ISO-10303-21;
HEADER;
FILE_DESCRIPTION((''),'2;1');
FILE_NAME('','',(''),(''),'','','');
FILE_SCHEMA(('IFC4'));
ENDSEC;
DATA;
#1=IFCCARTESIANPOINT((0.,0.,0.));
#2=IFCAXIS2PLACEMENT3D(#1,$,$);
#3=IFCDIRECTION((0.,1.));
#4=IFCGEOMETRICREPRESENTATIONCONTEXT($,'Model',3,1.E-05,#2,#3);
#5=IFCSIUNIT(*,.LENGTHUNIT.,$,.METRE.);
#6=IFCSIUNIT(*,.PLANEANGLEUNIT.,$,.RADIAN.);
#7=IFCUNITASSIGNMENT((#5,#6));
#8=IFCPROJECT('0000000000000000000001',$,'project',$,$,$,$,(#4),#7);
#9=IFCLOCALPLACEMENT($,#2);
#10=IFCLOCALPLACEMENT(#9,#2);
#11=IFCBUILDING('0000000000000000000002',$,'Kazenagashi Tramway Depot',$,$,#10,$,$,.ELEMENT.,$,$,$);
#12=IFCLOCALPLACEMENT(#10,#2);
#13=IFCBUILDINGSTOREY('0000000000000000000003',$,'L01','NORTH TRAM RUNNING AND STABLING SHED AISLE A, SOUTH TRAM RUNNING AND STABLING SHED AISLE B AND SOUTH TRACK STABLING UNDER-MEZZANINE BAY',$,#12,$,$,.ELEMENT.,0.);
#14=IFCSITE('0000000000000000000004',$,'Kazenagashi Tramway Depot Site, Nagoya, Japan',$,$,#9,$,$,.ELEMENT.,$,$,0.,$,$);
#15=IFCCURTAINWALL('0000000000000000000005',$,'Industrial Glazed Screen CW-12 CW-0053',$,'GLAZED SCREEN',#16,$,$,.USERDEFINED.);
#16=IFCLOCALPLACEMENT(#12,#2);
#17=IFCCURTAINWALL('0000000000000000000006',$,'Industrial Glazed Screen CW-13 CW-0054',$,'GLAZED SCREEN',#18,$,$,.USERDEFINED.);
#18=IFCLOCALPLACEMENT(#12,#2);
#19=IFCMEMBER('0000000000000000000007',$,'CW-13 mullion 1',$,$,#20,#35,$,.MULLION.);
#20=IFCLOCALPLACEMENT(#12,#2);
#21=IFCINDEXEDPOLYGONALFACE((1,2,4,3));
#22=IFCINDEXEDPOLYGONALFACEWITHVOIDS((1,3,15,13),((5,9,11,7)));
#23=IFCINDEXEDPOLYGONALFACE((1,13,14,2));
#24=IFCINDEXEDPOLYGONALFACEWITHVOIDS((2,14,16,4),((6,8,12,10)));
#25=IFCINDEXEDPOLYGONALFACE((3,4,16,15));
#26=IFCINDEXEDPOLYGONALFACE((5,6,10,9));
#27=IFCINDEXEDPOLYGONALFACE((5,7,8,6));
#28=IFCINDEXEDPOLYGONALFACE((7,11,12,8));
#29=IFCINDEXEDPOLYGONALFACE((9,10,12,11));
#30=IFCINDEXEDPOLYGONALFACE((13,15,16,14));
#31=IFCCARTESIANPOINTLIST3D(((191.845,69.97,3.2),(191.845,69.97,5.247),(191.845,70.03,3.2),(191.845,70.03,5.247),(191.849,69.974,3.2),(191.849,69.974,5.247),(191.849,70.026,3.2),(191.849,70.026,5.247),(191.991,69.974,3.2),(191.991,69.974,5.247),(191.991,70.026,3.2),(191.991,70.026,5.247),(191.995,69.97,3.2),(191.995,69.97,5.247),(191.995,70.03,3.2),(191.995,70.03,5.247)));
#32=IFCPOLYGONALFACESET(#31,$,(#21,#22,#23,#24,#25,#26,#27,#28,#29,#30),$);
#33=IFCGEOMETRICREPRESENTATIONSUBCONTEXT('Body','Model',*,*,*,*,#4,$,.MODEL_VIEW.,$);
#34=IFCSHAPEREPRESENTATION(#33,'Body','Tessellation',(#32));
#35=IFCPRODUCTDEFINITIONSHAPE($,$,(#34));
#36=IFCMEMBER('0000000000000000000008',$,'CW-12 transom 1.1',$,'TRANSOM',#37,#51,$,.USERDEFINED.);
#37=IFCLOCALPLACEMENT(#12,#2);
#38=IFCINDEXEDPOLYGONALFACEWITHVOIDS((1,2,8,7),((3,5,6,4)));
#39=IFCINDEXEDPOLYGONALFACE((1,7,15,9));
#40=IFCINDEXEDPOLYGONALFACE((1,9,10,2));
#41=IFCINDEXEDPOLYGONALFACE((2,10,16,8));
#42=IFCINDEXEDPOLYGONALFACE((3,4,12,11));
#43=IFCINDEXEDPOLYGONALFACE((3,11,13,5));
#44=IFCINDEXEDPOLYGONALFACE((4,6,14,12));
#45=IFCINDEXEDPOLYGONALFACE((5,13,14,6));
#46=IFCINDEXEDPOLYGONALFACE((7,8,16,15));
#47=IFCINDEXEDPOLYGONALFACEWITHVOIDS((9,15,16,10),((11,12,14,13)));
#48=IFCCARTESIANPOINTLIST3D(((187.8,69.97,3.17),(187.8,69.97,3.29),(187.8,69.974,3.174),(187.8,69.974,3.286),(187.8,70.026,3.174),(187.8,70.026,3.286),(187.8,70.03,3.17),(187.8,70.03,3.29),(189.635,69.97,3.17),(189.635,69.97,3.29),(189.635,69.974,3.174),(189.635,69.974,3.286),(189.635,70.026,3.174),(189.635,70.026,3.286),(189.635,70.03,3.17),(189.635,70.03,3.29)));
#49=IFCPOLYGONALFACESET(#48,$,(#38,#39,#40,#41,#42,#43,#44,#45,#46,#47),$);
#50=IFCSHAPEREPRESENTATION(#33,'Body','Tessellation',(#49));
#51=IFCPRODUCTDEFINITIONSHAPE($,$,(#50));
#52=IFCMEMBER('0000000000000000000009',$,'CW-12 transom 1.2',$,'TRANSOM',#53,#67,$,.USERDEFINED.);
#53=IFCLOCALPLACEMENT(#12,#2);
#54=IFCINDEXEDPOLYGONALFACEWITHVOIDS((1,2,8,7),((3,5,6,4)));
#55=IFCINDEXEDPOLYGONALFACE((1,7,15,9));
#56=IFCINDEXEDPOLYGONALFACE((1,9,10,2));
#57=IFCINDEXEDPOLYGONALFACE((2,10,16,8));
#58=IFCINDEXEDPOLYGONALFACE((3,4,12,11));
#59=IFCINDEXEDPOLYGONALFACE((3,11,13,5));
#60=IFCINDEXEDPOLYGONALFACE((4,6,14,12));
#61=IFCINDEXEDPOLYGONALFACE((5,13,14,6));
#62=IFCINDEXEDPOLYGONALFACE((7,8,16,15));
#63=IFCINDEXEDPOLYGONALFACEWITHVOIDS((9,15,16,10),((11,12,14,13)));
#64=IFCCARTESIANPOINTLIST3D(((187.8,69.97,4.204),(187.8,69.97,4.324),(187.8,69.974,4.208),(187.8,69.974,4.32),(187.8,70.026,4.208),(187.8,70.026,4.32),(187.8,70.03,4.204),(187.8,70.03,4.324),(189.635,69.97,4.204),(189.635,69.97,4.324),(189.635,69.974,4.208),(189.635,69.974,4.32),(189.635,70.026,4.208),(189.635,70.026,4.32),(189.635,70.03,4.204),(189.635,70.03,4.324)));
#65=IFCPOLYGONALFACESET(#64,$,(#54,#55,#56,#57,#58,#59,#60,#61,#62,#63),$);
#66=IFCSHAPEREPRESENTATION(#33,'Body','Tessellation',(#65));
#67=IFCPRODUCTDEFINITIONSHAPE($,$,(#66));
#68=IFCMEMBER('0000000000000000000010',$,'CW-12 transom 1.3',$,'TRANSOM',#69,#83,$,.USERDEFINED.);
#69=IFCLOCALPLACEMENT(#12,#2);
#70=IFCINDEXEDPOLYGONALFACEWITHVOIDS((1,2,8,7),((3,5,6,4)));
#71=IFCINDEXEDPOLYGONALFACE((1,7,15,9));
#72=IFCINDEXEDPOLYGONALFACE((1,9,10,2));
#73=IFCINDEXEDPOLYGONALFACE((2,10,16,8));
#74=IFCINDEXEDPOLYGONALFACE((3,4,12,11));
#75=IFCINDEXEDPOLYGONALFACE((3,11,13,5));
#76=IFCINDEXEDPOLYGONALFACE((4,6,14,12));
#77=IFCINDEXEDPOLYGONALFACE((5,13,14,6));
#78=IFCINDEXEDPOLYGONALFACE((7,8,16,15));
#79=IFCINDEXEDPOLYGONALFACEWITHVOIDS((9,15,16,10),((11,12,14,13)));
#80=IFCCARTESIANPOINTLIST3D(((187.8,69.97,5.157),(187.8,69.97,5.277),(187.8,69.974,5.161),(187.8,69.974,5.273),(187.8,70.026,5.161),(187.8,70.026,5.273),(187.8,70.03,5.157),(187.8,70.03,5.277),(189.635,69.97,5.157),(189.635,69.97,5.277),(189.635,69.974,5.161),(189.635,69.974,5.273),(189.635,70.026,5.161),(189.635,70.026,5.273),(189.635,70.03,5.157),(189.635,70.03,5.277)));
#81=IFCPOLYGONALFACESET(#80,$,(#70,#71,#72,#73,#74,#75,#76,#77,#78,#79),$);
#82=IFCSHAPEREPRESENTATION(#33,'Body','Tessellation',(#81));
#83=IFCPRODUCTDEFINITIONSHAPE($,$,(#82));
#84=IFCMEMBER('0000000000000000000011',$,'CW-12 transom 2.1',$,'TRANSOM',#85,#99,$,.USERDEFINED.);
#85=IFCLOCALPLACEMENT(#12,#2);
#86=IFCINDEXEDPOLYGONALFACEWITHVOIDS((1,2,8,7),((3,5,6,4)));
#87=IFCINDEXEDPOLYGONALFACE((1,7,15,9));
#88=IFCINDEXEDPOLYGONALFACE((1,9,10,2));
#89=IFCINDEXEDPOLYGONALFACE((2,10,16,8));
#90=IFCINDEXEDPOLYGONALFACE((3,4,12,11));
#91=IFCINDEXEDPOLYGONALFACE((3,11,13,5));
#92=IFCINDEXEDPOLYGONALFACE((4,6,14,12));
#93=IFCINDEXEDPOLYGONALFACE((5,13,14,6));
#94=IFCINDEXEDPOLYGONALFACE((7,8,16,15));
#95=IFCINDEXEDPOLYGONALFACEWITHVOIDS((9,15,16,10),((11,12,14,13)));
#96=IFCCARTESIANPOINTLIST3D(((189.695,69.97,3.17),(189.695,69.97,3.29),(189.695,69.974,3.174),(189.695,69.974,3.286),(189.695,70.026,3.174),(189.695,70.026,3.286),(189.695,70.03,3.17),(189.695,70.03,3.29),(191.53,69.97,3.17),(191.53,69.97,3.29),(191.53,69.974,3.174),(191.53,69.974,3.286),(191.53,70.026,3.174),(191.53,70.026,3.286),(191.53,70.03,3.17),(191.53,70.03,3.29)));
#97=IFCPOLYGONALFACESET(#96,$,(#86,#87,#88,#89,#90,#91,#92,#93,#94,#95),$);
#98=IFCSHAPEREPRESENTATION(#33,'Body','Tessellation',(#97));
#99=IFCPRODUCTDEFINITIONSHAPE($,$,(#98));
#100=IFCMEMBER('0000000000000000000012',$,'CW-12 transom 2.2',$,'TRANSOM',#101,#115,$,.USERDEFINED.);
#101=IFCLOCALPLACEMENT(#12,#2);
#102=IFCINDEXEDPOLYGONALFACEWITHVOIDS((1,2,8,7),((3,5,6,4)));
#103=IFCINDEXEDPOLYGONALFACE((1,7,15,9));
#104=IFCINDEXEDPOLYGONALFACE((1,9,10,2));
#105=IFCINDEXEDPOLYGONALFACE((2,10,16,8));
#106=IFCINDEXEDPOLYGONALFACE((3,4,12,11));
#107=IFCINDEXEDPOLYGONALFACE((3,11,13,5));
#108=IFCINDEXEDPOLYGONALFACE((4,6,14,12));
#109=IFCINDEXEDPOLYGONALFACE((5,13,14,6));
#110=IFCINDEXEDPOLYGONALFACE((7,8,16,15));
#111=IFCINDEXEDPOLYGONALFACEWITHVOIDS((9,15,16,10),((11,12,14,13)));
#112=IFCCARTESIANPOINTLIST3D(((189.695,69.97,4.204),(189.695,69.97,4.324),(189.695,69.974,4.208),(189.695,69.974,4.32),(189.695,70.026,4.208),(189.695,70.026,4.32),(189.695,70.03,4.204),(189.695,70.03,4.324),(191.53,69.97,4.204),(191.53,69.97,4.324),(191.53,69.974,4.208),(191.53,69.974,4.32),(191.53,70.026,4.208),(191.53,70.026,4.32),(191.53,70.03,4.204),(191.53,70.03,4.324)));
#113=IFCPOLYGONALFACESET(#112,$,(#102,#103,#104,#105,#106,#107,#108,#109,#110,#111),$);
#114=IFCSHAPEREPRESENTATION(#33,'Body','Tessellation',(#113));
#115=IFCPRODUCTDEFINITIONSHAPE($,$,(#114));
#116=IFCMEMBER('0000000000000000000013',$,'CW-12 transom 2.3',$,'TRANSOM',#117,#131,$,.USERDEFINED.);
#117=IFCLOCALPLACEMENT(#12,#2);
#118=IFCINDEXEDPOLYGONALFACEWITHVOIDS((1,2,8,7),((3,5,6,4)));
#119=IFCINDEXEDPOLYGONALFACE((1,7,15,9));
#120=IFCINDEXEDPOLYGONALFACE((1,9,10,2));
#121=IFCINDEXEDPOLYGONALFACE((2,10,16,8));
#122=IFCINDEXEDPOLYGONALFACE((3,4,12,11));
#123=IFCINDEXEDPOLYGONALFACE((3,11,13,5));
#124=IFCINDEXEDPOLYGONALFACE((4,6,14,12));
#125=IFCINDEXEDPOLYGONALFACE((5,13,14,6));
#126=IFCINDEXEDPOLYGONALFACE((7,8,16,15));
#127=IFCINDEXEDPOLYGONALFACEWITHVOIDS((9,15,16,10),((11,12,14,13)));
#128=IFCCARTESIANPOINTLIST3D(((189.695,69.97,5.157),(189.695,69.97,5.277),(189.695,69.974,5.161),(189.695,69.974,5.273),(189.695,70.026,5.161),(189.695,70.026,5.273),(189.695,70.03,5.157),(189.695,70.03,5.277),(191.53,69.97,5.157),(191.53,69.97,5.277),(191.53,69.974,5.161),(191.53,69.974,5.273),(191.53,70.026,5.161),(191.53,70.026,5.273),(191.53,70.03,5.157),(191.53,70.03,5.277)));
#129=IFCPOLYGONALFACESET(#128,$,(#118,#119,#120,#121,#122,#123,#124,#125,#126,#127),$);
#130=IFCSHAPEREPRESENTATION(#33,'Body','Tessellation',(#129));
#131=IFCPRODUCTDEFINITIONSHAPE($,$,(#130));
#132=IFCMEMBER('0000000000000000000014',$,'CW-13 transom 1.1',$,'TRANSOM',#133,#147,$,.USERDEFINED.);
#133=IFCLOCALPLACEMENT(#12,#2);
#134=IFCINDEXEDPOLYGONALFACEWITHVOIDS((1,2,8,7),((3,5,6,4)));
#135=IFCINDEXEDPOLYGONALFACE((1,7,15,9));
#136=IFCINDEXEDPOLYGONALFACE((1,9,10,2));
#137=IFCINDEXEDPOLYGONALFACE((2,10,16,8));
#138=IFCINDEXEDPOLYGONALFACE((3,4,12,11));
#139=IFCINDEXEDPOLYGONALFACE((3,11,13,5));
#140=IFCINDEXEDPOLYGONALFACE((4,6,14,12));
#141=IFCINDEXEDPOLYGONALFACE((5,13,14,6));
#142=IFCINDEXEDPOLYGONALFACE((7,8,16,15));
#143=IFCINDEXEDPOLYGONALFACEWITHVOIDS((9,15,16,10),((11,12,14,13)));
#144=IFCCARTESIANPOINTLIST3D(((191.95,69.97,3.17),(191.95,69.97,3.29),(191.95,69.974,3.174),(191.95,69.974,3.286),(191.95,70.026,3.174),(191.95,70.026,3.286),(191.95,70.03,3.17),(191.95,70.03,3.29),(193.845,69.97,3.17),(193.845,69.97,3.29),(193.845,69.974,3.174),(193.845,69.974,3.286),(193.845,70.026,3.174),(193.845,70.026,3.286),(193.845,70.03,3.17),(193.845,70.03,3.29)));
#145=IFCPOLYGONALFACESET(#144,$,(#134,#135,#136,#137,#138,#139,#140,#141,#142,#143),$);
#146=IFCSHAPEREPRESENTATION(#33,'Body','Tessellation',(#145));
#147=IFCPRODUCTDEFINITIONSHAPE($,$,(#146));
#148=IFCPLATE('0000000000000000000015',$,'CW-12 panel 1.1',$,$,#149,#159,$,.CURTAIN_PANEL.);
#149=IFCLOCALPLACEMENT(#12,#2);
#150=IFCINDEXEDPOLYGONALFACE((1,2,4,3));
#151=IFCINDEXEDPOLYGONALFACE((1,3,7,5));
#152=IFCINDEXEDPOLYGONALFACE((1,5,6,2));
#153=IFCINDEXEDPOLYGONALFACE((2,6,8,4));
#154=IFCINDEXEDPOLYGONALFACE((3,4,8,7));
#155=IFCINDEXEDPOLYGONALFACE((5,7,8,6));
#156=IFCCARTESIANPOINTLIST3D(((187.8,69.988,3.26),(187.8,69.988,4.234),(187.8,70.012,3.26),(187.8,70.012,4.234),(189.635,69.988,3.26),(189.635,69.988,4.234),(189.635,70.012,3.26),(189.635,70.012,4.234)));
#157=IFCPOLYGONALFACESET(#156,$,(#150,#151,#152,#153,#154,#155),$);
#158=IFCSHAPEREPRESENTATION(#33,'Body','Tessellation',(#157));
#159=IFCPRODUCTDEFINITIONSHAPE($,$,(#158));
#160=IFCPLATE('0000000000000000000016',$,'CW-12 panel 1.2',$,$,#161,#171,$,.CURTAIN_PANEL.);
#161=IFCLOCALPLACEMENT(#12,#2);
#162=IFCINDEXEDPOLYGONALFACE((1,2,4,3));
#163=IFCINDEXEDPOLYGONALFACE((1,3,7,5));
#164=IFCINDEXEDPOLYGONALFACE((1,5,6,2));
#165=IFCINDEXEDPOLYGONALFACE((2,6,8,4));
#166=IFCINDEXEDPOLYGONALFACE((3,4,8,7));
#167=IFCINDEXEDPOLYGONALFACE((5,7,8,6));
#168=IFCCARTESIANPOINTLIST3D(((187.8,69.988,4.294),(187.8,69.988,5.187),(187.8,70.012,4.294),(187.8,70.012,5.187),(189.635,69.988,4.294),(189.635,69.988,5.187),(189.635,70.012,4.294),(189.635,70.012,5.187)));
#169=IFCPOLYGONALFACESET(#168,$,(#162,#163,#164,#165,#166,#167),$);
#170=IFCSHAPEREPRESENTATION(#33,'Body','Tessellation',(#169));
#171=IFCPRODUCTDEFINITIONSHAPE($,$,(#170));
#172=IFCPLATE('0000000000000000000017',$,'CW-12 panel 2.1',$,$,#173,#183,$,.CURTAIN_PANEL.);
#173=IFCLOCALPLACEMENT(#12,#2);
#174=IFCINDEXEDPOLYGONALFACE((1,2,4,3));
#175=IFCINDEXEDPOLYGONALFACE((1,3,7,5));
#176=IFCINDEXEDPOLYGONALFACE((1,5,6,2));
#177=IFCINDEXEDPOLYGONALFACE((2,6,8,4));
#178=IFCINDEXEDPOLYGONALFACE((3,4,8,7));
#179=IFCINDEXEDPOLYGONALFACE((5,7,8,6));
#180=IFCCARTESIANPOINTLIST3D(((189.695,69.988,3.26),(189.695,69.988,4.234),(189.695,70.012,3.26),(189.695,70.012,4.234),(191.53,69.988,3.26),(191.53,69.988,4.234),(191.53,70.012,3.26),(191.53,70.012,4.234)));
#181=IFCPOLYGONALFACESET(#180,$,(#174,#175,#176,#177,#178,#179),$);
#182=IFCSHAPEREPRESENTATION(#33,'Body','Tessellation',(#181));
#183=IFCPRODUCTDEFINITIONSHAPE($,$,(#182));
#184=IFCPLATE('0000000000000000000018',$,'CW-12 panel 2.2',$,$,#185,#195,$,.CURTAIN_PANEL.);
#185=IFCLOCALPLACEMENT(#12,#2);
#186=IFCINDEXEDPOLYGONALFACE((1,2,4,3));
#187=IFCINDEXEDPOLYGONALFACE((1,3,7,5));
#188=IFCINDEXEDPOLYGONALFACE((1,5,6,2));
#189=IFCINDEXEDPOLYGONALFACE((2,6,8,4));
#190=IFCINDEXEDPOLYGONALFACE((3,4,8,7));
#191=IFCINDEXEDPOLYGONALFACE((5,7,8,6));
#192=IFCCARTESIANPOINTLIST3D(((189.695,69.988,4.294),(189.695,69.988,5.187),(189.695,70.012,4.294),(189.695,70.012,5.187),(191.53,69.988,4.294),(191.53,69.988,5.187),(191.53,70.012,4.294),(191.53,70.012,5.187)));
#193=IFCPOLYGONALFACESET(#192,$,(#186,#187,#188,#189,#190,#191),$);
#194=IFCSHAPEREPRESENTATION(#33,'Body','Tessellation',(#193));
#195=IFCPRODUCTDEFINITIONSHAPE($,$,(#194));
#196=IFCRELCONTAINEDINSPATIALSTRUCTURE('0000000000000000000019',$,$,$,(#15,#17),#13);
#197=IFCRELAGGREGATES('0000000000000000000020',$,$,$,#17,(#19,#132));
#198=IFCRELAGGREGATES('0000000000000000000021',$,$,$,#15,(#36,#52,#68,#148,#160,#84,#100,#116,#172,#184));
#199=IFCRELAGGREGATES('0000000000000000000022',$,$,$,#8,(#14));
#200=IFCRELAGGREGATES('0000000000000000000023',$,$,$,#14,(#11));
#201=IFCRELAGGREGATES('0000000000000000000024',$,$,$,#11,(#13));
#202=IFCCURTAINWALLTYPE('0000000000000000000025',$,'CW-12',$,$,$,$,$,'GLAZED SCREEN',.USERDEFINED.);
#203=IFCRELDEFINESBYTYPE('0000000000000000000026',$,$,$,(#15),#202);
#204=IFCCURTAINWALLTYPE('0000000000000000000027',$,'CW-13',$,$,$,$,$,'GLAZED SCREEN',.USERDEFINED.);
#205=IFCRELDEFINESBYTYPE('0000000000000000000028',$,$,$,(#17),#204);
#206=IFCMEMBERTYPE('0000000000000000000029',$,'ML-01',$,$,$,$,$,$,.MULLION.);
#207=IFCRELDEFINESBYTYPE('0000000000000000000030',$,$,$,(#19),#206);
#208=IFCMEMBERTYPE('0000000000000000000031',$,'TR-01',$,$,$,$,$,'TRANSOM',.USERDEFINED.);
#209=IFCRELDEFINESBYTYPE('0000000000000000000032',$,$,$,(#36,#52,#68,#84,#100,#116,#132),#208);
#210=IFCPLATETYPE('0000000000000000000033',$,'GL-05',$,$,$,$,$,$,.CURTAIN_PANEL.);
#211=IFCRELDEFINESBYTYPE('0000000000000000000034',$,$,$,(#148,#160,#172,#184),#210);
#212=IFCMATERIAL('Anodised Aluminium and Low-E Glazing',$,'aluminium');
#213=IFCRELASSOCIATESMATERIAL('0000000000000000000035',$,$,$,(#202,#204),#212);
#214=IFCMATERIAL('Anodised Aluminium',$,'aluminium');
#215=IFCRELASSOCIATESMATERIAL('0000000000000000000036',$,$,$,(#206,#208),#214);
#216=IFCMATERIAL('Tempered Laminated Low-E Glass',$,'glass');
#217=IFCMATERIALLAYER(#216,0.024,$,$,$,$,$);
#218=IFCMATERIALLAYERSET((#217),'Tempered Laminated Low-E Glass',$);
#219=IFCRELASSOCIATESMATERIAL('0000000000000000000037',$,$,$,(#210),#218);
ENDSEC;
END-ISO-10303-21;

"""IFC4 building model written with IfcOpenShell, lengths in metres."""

from ifc_helpers import new_model, si_unit, direction, frame, origin, origin_2d, place, context, subcontext, project, spatial, rectangle, hollow_rectangle, extrude, material, layer, layer_set, material_profile, profile_set, type_object, element, aggregate, save


model = new_model("IFC4")

# Units and contexts
model_context = context("Model", 3, precision=1e-05, world=origin(), true_north=direction((0.0, 1.0)))
body_context = subcontext(model_context, "Body", "Model", "MODEL_VIEW")
ifc_project = project(units=[si_unit("LENGTHUNIT", "METRE"), si_unit("PLANEANGLEUNIT", "RADIAN")], contexts=[model_context])

# Site, building, storey
site_placement = place(None, origin())
site = spatial("IfcSite", under=ifc_project, at=site_placement, Name="Kazenagashi Tramway Depot Site, Nagoya, Japan", CompositionType="ELEMENT", RefElevation=0.0)
building_placement = place(site_placement, origin())
building = spatial("IfcBuilding", under=site, at=building_placement, Name="Kazenagashi Tramway Depot", CompositionType="ELEMENT")
storey_placement = place(building_placement, origin())
storey = spatial("IfcBuildingStorey", under=building, at=storey_placement, Name="L01", Description="NORTH TRAM RUNNING AND STABLING SHED AISLE A, SOUTH TRAM RUNNING AND STABLING SHED AISLE B AND SOUTH TRACK STABLING UNDER-MEZZANINE BAY", CompositionType="ELEMENT", Elevation=0.0)

# Curtain wall
ifc_material_1 = material(Name="Anodised Aluminium and Low-E Glazing", Category="aluminium")
curtain_wall_type_1 = type_object("IfcCurtainWallType", Name="CW-12", ElementType="GLAZED SCREEN", PredefinedType="USERDEFINED", material=ifc_material_1)
curtain_wall_1_placement = place(storey_placement, origin())
curtain_wall_1 = element("IfcCurtainWall", 1, at=curtain_wall_1_placement, inside=storey, type_object=curtain_wall_type_1, Name="Industrial Glazed Screen CW-12 CW-0053", ObjectType="GLAZED SCREEN", PredefinedType="USERDEFINED")
ifc_material_2 = material(Name="Anodised Aluminium", Category="aluminium")
ifc_material_profile_1 = material_profile(ifc_material_2, hollow_rectangle(XDim=0.06, YDim=0.15, WallThickness=0.004, at=origin_2d()), Name="RHS-150x60x4")
ifc_profile_set_1 = profile_set([ifc_material_profile_1], Name="Anodised Aluminium")
member_type_1 = type_object("IfcMemberType", Name="ML-01", PredefinedType="MULLION", material=ifc_profile_set_1)

# Curtain wall, member
curtain_wall_type_2 = type_object("IfcCurtainWallType", Name="CW-13", ElementType="GLAZED SCREEN", PredefinedType="USERDEFINED", material=ifc_material_1)
curtain_wall_2_placement = place(storey_placement, origin())
curtain_wall_2 = element("IfcCurtainWall", 2, at=curtain_wall_2_placement, inside=storey, type_object=curtain_wall_type_2, Name="Industrial Glazed Screen CW-13 CW-0054", ObjectType="GLAZED SCREEN", PredefinedType="USERDEFINED")
member_1_placement = place(storey_placement, frame((191.92, 70.0, 3.2), z_axis=(0.0, 0.0, 1.0), x_axis=(0.0, 1.0, 0.0)))
member_1 = element("IfcMember", 3, at=member_1_placement, type_object=member_type_1, Name="CW-13 mullion 1", PredefinedType="MULLION", context=body_context, shape_type="SweptSolid", body=[
    extrude(hollow_rectangle(XDim=0.06, YDim=0.15, WallThickness=0.004, at=origin_2d()), origin(), (0.0, 0.0, 1.0), 2.047),
])

# Members
ifc_material_profile_2 = material_profile(ifc_material_2, hollow_rectangle(XDim=0.06, YDim=0.12, WallThickness=0.004, at=origin_2d()), Name="RHS-120x60x4")
ifc_profile_set_2 = profile_set([ifc_material_profile_2], Name="Anodised Aluminium")
member_type_2 = type_object("IfcMemberType", Name="TR-01", ElementType="TRANSOM", PredefinedType="USERDEFINED", material=ifc_profile_set_2)
member_2_placement = place(storey_placement, frame((187.8, 70.0, 3.23), z_axis=(1.0, 0.0, 0.0), x_axis=(0.0, 1.0, 0.0)))
member_2 = element("IfcMember", 4, at=member_2_placement, type_object=member_type_2, Name="CW-12 transom 1.1", ObjectType="TRANSOM", PredefinedType="USERDEFINED", context=body_context, shape_type="SweptSolid", body=[
    extrude(hollow_rectangle(XDim=0.06, YDim=0.12, WallThickness=0.004, at=origin_2d()), origin(), (0.0, 0.0, 1.0), 1.835),
])
member_3_placement = place(storey_placement, frame((187.8, 70.0, 4.264), z_axis=(1.0, 0.0, 0.0), x_axis=(0.0, 1.0, 0.0)))
member_3 = element("IfcMember", 5, at=member_3_placement, type_object=member_type_2, Name="CW-12 transom 1.2", ObjectType="TRANSOM", PredefinedType="USERDEFINED", context=body_context, shape_type="SweptSolid", body=[
    extrude(hollow_rectangle(XDim=0.06, YDim=0.12, WallThickness=0.004, at=origin_2d()), origin(), (0.0, 0.0, 1.0), 1.835),
])
member_4_placement = place(storey_placement, frame((187.8, 70.0, 5.217), z_axis=(1.0, 0.0, 0.0), x_axis=(0.0, 1.0, 0.0)))
member_4 = element("IfcMember", 6, at=member_4_placement, type_object=member_type_2, Name="CW-12 transom 1.3", ObjectType="TRANSOM", PredefinedType="USERDEFINED", context=body_context, shape_type="SweptSolid", body=[
    extrude(hollow_rectangle(XDim=0.06, YDim=0.12, WallThickness=0.004, at=origin_2d()), origin(), (0.0, 0.0, 1.0), 1.835),
])
member_5_placement = place(storey_placement, frame((189.695, 70.0, 3.23), z_axis=(1.0, 0.0, 0.0), x_axis=(0.0, 1.0, 0.0)))
member_5 = element("IfcMember", 7, at=member_5_placement, type_object=member_type_2, Name="CW-12 transom 2.1", ObjectType="TRANSOM", PredefinedType="USERDEFINED", context=body_context, shape_type="SweptSolid", body=[
    extrude(hollow_rectangle(XDim=0.06, YDim=0.12, WallThickness=0.004, at=origin_2d()), origin(), (0.0, 0.0, 1.0), 1.835),
])
member_6_placement = place(storey_placement, frame((189.695, 70.0, 4.264), z_axis=(1.0, 0.0, 0.0), x_axis=(0.0, 1.0, 0.0)))
member_6 = element("IfcMember", 8, at=member_6_placement, type_object=member_type_2, Name="CW-12 transom 2.2", ObjectType="TRANSOM", PredefinedType="USERDEFINED", context=body_context, shape_type="SweptSolid", body=[
    extrude(hollow_rectangle(XDim=0.06, YDim=0.12, WallThickness=0.004, at=origin_2d()), origin(), (0.0, 0.0, 1.0), 1.835),
])
member_7_placement = place(storey_placement, frame((189.695, 70.0, 5.217), z_axis=(1.0, 0.0, 0.0), x_axis=(0.0, 1.0, 0.0)))
member_7 = element("IfcMember", 9, at=member_7_placement, type_object=member_type_2, Name="CW-12 transom 2.3", ObjectType="TRANSOM", PredefinedType="USERDEFINED", context=body_context, shape_type="SweptSolid", body=[
    extrude(hollow_rectangle(XDim=0.06, YDim=0.12, WallThickness=0.004, at=origin_2d()), origin(), (0.0, 0.0, 1.0), 1.835),
])
member_8_placement = place(storey_placement, frame((191.95, 70.0, 3.23), z_axis=(1.0, 0.0, 0.0), x_axis=(0.0, 1.0, 0.0)))
member_8 = element("IfcMember", 10, at=member_8_placement, type_object=member_type_2, Name="CW-13 transom 1.1", ObjectType="TRANSOM", PredefinedType="USERDEFINED", context=body_context, shape_type="SweptSolid", body=[
    extrude(hollow_rectangle(XDim=0.06, YDim=0.12, WallThickness=0.004, at=origin_2d()), origin(), (0.0, 0.0, 1.0), 1.895),
])
aggregate(curtain_wall_2, [member_1, member_8])

# Plates
ifc_material_3 = material(Name="Tempered Laminated Low-E Glass", Category="glass")
ifc_layer_1 = layer(ifc_material_3, 0.024)
ifc_layer_set_1 = layer_set([ifc_layer_1], Name="Tempered Laminated Low-E Glass")
plate_type_1 = type_object("IfcPlateType", Name="GL-05", PredefinedType="CURTAIN_PANEL", material=ifc_layer_set_1)
plate_1_placement = place(storey_placement, frame((188.7175, 70.0, 3.26), z_axis=(0.0, 0.0, 1.0), x_axis=(1.0, 0.0, 0.0)))
plate_1 = element("IfcPlate", 11, at=plate_1_placement, type_object=plate_type_1, Name="CW-12 panel 1.1", PredefinedType="CURTAIN_PANEL", context=body_context, shape_type="SweptSolid", body=[
    extrude(rectangle(XDim=1.835, YDim=0.024, at=origin_2d()), origin(), (0.0, 0.0, 1.0), 0.974),
])
plate_2_placement = place(storey_placement, frame((188.7175, 70.0, 4.294), z_axis=(0.0, 0.0, 1.0), x_axis=(1.0, 0.0, 0.0)))
plate_2 = element("IfcPlate", 12, at=plate_2_placement, type_object=plate_type_1, Name="CW-12 panel 1.2", PredefinedType="CURTAIN_PANEL", context=body_context, shape_type="SweptSolid", body=[
    extrude(rectangle(XDim=1.835, YDim=0.024, at=origin_2d()), origin(), (0.0, 0.0, 1.0), 0.893),
])
plate_3_placement = place(storey_placement, frame((190.6125, 70.0, 3.26), z_axis=(0.0, 0.0, 1.0), x_axis=(1.0, 0.0, 0.0)))
plate_3 = element("IfcPlate", 13, at=plate_3_placement, type_object=plate_type_1, Name="CW-12 panel 2.1", PredefinedType="CURTAIN_PANEL", context=body_context, shape_type="SweptSolid", body=[
    extrude(rectangle(XDim=1.835, YDim=0.024, at=origin_2d()), origin(), (0.0, 0.0, 1.0), 0.974),
])
plate_4_placement = place(storey_placement, frame((190.6125, 70.0, 4.294), z_axis=(0.0, 0.0, 1.0), x_axis=(1.0, 0.0, 0.0)))
plate_4 = element("IfcPlate", 14, at=plate_4_placement, type_object=plate_type_1, Name="CW-12 panel 2.2", PredefinedType="CURTAIN_PANEL", context=body_context, shape_type="SweptSolid", body=[
    extrude(rectangle(XDim=1.835, YDim=0.024, at=origin_2d()), origin(), (0.0, 0.0, 1.0), 0.893),
])
aggregate(curtain_wall_1, [member_2, member_3, member_4, plate_1, plate_2, member_5, member_6, member_7, plate_3, plate_4])

save(model, "model.ifc")
